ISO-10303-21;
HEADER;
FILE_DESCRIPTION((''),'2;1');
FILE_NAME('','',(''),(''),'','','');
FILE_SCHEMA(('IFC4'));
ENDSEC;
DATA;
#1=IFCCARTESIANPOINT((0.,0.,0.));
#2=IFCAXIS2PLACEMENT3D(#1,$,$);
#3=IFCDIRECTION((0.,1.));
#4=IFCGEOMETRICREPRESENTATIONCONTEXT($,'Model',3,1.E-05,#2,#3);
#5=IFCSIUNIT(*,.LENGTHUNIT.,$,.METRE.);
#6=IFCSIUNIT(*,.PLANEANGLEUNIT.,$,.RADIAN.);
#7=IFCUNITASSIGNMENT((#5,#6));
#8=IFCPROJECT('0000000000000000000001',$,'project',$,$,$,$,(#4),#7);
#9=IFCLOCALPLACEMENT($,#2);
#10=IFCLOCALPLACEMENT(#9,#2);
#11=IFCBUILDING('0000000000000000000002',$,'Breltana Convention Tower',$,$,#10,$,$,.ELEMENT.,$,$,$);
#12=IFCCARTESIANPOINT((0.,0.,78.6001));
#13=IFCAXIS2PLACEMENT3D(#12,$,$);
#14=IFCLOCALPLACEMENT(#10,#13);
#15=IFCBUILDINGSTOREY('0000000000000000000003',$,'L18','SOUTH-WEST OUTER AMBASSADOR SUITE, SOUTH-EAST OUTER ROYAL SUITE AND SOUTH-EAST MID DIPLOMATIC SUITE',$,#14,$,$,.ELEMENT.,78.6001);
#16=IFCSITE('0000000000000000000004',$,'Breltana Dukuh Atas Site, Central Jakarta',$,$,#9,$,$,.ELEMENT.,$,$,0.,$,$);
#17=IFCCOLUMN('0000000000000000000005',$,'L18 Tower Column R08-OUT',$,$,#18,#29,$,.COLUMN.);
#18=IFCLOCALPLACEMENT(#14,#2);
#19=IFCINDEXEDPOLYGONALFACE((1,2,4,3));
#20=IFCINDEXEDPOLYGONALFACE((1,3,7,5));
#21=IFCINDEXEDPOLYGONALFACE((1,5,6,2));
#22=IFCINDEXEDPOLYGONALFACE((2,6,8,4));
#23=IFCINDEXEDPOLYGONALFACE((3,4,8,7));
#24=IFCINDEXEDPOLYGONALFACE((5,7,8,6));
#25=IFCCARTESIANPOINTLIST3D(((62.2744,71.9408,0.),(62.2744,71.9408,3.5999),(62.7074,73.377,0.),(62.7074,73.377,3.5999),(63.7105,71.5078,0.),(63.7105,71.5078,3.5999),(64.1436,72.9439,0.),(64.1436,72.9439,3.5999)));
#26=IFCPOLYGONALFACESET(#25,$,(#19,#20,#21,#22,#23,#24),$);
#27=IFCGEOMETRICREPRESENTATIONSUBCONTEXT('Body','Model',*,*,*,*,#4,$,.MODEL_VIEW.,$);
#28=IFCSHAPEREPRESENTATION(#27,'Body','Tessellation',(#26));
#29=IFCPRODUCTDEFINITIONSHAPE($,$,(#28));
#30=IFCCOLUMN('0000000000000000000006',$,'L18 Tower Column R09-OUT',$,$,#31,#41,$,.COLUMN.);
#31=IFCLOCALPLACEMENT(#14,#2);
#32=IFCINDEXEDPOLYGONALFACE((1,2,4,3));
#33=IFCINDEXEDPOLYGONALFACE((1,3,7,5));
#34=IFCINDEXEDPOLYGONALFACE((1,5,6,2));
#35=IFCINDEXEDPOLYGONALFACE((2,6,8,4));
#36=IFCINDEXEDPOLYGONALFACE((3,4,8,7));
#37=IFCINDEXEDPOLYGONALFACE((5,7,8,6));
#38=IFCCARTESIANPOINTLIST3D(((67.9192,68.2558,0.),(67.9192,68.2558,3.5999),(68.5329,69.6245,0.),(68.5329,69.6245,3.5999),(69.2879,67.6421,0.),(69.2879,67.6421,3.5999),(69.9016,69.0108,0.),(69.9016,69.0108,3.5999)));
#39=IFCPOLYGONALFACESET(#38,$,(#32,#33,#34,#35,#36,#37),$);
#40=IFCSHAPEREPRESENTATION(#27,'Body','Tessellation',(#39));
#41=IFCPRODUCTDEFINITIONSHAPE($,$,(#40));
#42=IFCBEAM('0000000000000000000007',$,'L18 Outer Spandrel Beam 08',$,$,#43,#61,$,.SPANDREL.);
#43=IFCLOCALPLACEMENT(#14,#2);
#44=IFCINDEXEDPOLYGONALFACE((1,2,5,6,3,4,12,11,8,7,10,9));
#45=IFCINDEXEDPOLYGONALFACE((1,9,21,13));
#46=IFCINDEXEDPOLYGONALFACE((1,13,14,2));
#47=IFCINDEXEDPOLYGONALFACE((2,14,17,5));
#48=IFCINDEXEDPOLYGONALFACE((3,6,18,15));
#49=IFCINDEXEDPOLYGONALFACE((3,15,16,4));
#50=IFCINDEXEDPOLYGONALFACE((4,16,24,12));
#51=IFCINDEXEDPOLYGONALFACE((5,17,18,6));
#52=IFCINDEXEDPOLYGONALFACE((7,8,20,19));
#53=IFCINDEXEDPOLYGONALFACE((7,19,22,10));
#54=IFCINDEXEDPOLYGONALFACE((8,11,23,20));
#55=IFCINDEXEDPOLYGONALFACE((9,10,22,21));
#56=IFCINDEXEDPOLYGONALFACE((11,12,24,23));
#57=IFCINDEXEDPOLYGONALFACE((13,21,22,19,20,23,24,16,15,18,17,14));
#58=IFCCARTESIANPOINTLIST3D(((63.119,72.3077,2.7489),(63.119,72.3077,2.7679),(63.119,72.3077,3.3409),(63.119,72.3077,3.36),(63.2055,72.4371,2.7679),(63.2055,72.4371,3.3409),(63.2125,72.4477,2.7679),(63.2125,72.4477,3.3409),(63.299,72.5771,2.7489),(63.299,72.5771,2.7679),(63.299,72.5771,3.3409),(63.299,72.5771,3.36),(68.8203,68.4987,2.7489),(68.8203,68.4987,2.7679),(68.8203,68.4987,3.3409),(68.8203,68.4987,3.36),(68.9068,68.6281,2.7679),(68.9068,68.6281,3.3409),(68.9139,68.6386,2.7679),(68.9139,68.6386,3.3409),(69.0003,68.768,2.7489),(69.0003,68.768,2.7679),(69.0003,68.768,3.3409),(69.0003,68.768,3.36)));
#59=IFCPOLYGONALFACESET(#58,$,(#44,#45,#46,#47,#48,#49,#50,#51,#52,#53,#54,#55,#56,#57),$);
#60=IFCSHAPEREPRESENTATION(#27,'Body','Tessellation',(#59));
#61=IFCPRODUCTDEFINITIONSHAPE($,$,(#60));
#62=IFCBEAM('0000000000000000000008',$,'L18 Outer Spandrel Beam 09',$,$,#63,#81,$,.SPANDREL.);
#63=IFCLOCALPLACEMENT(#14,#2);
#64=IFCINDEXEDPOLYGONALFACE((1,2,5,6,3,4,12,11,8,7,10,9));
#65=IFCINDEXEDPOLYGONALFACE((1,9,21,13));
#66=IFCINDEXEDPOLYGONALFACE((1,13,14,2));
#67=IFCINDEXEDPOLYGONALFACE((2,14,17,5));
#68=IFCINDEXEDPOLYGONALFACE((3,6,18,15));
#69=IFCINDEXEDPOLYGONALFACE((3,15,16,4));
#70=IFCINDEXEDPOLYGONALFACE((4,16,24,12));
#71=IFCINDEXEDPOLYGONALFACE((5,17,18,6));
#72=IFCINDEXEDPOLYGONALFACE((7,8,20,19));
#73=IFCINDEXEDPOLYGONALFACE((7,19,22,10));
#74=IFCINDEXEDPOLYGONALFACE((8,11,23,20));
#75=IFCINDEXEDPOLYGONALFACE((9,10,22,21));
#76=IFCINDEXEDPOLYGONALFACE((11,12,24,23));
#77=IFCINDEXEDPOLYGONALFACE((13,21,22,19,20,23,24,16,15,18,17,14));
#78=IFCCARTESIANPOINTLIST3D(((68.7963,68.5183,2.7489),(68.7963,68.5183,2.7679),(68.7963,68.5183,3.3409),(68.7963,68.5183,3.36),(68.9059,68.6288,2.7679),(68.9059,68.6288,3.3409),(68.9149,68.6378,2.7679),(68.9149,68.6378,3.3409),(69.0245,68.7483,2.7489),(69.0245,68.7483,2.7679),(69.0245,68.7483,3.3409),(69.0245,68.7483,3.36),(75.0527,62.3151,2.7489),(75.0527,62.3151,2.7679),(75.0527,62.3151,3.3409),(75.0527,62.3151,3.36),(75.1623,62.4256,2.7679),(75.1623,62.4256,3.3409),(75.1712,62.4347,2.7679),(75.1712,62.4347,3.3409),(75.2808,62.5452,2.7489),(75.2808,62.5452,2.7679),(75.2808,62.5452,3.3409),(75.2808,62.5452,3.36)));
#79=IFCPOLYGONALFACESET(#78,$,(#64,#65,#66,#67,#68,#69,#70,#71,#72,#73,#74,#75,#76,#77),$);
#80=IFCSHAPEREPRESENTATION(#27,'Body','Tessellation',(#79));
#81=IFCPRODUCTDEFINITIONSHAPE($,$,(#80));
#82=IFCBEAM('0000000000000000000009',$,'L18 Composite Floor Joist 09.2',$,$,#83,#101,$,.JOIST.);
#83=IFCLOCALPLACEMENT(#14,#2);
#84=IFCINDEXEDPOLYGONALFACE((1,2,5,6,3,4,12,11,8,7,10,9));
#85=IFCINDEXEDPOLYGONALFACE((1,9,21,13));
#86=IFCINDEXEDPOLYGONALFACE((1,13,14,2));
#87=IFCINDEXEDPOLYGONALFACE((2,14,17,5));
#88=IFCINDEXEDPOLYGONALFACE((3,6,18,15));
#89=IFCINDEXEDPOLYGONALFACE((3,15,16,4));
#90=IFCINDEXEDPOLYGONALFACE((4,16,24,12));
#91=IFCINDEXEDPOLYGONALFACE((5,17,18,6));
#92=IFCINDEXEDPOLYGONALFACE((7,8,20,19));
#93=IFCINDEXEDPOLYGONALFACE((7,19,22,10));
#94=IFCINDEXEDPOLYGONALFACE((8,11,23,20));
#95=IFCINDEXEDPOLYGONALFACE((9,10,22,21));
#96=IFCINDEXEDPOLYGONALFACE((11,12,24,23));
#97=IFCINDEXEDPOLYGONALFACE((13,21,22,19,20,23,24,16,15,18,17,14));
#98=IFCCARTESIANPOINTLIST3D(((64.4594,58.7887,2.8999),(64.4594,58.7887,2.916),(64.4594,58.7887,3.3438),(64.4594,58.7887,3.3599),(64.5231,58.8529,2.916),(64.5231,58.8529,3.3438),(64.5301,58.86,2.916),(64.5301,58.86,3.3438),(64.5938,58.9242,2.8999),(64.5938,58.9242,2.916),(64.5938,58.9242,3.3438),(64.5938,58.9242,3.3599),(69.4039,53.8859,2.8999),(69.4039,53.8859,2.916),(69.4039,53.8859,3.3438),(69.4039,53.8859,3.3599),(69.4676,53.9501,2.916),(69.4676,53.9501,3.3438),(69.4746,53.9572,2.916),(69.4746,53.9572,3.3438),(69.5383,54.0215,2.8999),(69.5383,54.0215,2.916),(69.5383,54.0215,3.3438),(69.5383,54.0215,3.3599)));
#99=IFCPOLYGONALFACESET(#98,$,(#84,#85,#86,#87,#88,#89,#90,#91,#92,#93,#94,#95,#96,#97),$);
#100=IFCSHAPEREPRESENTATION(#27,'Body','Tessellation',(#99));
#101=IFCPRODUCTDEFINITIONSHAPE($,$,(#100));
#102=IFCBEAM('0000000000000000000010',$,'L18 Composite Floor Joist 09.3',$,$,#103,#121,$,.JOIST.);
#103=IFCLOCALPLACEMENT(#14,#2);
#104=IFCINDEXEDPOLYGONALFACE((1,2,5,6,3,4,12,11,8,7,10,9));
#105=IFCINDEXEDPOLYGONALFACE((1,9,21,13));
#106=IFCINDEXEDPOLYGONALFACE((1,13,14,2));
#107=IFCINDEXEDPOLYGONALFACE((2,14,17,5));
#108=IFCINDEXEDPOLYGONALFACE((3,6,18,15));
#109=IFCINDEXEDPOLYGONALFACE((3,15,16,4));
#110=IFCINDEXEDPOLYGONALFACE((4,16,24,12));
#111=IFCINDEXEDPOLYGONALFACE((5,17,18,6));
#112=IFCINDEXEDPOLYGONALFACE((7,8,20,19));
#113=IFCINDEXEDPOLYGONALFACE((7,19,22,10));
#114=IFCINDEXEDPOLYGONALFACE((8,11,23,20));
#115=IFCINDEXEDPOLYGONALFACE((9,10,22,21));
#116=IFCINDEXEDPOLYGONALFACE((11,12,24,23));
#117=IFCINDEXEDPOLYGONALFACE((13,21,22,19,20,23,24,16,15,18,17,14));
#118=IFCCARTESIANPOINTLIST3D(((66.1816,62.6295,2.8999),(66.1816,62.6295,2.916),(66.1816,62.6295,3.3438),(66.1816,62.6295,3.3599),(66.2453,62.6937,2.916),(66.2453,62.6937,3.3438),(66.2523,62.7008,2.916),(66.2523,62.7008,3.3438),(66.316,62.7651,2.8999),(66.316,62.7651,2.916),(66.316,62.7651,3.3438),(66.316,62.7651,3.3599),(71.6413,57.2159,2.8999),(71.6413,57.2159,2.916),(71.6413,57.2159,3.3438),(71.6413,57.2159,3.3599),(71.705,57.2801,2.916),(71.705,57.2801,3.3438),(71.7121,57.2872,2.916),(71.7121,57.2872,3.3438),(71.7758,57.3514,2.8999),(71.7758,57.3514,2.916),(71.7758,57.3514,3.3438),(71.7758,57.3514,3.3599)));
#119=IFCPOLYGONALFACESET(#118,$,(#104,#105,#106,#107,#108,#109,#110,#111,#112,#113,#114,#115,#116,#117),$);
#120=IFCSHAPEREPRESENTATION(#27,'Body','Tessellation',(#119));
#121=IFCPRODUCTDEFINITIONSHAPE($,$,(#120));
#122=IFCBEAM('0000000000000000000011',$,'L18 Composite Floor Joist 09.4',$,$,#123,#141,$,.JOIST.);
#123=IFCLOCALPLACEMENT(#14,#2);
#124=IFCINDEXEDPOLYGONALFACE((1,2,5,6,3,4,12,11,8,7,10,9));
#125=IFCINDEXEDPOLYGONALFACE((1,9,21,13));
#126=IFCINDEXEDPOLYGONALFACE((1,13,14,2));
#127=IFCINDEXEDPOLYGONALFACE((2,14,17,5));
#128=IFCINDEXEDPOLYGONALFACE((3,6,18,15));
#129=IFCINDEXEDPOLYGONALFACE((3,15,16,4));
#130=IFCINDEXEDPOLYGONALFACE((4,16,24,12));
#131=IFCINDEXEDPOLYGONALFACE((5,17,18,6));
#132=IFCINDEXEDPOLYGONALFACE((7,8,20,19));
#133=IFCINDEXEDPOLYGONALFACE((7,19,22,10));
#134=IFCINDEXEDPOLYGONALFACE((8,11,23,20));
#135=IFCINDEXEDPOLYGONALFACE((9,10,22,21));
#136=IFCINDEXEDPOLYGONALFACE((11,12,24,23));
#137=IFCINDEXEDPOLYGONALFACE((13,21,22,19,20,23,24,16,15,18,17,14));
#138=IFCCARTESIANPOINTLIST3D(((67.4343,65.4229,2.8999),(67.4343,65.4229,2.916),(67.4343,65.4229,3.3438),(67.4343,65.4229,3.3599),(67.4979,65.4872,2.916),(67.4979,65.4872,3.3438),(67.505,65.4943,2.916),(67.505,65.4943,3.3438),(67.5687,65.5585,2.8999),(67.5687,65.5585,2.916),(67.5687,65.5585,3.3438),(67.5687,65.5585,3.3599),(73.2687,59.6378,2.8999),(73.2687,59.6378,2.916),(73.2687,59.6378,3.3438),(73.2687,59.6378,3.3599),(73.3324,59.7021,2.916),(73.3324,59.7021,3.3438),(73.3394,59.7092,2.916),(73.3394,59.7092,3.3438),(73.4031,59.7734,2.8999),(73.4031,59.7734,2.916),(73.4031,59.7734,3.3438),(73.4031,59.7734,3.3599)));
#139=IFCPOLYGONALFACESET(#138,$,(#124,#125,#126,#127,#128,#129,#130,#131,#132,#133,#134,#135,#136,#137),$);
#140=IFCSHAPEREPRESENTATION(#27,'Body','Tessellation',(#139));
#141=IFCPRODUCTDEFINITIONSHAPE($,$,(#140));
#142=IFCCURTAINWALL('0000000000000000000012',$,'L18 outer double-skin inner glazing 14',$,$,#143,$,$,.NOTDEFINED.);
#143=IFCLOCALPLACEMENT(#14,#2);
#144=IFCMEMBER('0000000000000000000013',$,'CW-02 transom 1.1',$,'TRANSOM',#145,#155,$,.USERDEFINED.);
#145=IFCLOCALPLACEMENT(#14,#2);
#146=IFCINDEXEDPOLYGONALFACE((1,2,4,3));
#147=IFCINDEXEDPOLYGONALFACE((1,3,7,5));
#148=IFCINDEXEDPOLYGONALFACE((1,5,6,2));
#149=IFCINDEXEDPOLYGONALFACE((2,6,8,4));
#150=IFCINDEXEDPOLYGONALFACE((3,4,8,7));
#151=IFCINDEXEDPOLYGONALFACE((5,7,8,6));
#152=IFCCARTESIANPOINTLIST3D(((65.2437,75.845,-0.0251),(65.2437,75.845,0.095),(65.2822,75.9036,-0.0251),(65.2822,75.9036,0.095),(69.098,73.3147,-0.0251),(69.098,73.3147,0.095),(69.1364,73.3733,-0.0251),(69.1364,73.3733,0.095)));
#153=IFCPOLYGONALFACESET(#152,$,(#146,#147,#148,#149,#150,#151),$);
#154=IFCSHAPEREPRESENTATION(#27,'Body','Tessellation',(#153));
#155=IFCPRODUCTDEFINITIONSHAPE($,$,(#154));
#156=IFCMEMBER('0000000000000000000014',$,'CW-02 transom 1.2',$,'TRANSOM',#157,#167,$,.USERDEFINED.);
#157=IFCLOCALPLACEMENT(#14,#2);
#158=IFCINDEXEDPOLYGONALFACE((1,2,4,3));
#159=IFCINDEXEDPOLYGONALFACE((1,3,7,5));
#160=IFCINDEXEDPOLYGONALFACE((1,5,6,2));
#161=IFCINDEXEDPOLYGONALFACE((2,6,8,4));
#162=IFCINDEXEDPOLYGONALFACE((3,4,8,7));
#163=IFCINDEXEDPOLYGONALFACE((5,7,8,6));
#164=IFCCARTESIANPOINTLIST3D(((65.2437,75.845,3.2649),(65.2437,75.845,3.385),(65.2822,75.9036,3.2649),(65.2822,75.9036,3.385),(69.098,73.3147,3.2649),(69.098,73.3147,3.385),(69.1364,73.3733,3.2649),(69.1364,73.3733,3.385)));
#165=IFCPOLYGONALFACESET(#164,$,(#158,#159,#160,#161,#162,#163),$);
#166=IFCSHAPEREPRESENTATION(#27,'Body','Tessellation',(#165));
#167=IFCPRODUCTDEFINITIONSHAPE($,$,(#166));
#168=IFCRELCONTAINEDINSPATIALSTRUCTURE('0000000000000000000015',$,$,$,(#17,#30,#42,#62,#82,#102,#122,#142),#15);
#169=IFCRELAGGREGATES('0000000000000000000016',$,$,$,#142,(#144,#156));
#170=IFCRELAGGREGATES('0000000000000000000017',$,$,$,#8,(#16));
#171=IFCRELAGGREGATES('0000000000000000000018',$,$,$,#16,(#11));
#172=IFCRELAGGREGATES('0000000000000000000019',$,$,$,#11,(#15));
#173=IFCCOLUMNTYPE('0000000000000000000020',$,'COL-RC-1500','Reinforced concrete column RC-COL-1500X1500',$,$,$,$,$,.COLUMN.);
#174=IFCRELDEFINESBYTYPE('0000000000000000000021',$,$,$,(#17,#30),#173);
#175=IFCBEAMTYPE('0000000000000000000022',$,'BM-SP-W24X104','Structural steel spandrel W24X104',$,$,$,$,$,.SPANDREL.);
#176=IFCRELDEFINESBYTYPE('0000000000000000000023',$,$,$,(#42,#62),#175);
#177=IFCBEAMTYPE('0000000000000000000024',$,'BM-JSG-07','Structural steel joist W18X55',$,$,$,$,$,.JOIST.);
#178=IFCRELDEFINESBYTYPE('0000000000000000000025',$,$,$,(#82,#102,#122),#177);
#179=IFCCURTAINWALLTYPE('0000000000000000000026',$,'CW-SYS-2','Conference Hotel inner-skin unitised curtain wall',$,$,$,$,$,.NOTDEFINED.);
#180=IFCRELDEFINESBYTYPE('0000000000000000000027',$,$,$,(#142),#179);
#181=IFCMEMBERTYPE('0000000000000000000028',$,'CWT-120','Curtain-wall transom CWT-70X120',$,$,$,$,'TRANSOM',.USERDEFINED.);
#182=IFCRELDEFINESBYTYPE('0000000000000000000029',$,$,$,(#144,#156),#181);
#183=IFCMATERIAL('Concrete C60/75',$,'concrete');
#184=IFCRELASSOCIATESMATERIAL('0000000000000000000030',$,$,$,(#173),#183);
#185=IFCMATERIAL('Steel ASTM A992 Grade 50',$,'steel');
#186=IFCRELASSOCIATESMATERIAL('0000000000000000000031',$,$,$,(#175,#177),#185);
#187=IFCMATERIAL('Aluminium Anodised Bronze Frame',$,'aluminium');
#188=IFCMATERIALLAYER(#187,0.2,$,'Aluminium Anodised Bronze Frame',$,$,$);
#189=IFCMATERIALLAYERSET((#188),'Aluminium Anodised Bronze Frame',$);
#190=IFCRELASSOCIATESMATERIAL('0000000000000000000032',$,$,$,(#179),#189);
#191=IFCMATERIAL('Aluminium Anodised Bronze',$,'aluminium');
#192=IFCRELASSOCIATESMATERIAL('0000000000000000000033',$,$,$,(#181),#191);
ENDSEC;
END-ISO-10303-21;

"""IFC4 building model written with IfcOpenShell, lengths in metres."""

from ifc_helpers import new_model, si_unit, direction, frame, origin, origin_2d, place, context, subcontext, project, spatial, rectangle, i_section, extrude, source, transform, mapped, material, layer, layer_set, material_profile, profile_set, type_object, element, aggregate, save


model = new_model("IFC4")

# Units and contexts
model_context = context("Model", 3, precision=1e-05, world=origin(), true_north=direction((0.0, 1.0)))
body_context = subcontext(model_context, "Body", "Model", "MODEL_VIEW")
ifc_project = project(units=[si_unit("LENGTHUNIT", "METRE"), si_unit("PLANEANGLEUNIT", "RADIAN")], contexts=[model_context])

# Site, building, storey
site_placement = place(None, origin())
site = spatial("IfcSite", under=ifc_project, at=site_placement, Name="Breltana Dukuh Atas Site, Central Jakarta", CompositionType="ELEMENT", RefElevation=0.0)
building_placement = place(site_placement, origin())
building = spatial("IfcBuilding", under=site, at=building_placement, Name="Breltana Convention Tower", CompositionType="ELEMENT")
storey_placement = place(building_placement, frame((0.0, 0.0, 78.6001)))
storey = spatial("IfcBuildingStorey", under=building, at=storey_placement, Name="L18", Description="SOUTH-WEST OUTER AMBASSADOR SUITE, SOUTH-EAST OUTER ROYAL SUITE AND SOUTH-EAST MID DIPLOMATIC SUITE", CompositionType="ELEMENT", Elevation=78.6001)

# Columns
ifc_material_1 = material(Name="Concrete C60/75", Category="concrete")
ifc_material_profile_1 = material_profile(ifc_material_1, rectangle(XDim=1.5, YDim=1.5, at=origin_2d()), Name="RC-COL-1500X1500")
ifc_profile_set_1 = profile_set([ifc_material_profile_1], Name="Concrete C60/75")
column_type = type_object("IfcColumnType", Name="COL-RC-1500", Description="Reinforced concrete column RC-COL-1500X1500", PredefinedType="COLUMN", material=ifc_profile_set_1)
shared_shape_1 = source(origin(), body_context, "Body", "SweptSolid", [
    extrude(rectangle(XDim=1.5, YDim=1.5, at=origin_2d()), origin(), (0.0, 0.0, 1.0), 3.5999),
])
for number, where, z_axis, x_axis, name in (
    (1, (63.209, 72.4424, 0.0), (0.0, 0.0, 1.0), (0.288698, 0.95742, 0.0), "L18 Tower Column R08-OUT"),
    (2, (68.9104, 68.6333, 0.0), (0.0, 0.0, 1.0), (0.409127, 0.912477, 0.0), "L18 Tower Column R09-OUT"),
):
    element("IfcColumn", number, at=place(storey_placement, frame(where, z_axis=z_axis, x_axis=x_axis)), inside=storey, type_object=column_type, Name=name, PredefinedType="COLUMN", context=body_context, shape_type="MappedRepresentation", body=[
        mapped(shared_shape_1, transform((0.0, 0.0, 0.0), scale=1.0)),
    ])

# Beams
ifc_material_2 = material(Name="Steel ASTM A992 Grade 50", Category="steel")
ifc_material_profile_2 = material_profile(ifc_material_2, i_section(OverallWidth=0.324, OverallDepth=0.6111, WebThickness=0.0127, FlangeThickness=0.019, at=origin_2d()), Name="W24X104")
ifc_profile_set_2 = profile_set([ifc_material_profile_2], Name="Steel ASTM A992 Grade 50")
beam_type_1 = type_object("IfcBeamType", Name="BM-SP-W24X104", Description="Structural steel spandrel W24X104", PredefinedType="SPANDREL", material=ifc_profile_set_2)
shared_shape_2 = source(origin(), body_context, "Body", "SweptSolid", [
    extrude(i_section(OverallWidth=0.324, OverallDepth=0.6111, WebThickness=0.0127, FlangeThickness=0.019, at=origin_2d()), origin(), (0.0, 0.0, 1.0), 6.8567),
])
beam_1_placement = place(storey_placement, frame((63.209, 72.4424, 3.0544), z_axis=(0.831502, -0.555522, 0.0), x_axis=(0.555522, 0.831502, 0.0)))
element("IfcBeam", 3, at=beam_1_placement, inside=storey, type_object=beam_type_1, Name="L18 Outer Spandrel Beam 08", PredefinedType="SPANDREL", context=body_context, shape_type="MappedRepresentation", body=[
    mapped(shared_shape_2, transform((0.0, 0.0, 0.0), scale=1.0)),
])
shared_shape_3 = source(origin(), body_context, "Body", "SweptSolid", [
    extrude(i_section(OverallWidth=0.324, OverallDepth=0.6111, WebThickness=0.0127, FlangeThickness=0.019, at=origin_2d()), origin(), (0.0, 0.0, 1.0), 8.8103),
])
beam_2_placement = place(storey_placement, frame((68.9104, 68.6333, 3.0544), z_axis=(0.710121, -0.70408, 0.0), x_axis=(0.70408, 0.710121, 0.0)))
element("IfcBeam", 4, at=beam_2_placement, inside=storey, type_object=beam_type_1, Name="L18 Outer Spandrel Beam 09", PredefinedType="SPANDREL", context=body_context, shape_type="MappedRepresentation", body=[
    mapped(shared_shape_3, transform((0.0, 0.0, 0.0), scale=1.0)),
])
ifc_material_profile_3 = material_profile(ifc_material_2, i_section(OverallWidth=0.1909, OverallDepth=0.46, WebThickness=0.01, FlangeThickness=0.0161, at=origin_2d()), Name="W18X55")
ifc_profile_set_3 = profile_set([ifc_material_profile_3], Name="Steel ASTM A992 Grade 50")
beam_type_2 = type_object("IfcBeamType", Name="BM-JSG-07", Description="Structural steel joist W18X55", PredefinedType="JOIST", material=ifc_profile_set_3)
shared_shape_4 = source(origin(), body_context, "Body", "SweptSolid", [
    extrude(i_section(OverallWidth=0.1909, OverallDepth=0.46, WebThickness=0.01, FlangeThickness=0.0161, at=origin_2d()), origin(), (0.0, 0.0, 1.0), 6.9631),
])
beam_3_placement = place(storey_placement, frame((64.5266, 58.8564, 3.1299), z_axis=(0.710098, -0.704103, 0.0), x_axis=(0.704103, 0.710098, 0.0)))
element("IfcBeam", 5, at=beam_3_placement, inside=storey, type_object=beam_type_2, Name="L18 Composite Floor Joist 09.2", PredefinedType="JOIST", context=body_context, shape_type="MappedRepresentation", body=[
    mapped(shared_shape_4, transform((0.0, 0.0, 0.0), scale=1.0)),
])
shared_shape_5 = source(origin(), body_context, "Body", "SweptSolid", [
    extrude(i_section(OverallWidth=0.1909, OverallDepth=0.46, WebThickness=0.01, FlangeThickness=0.0161, at=origin_2d()), origin(), (0.0, 0.0, 1.0), 7.6887),
])
beam_4_placement = place(storey_placement, frame((66.2488, 62.6973, 3.1299), z_axis=(0.710101, -0.7041, 0.0), x_axis=(0.7041, 0.710101, 0.0)))
element("IfcBeam", 6, at=beam_4_placement, inside=storey, type_object=beam_type_2, Name="L18 Composite Floor Joist 09.3", PredefinedType="JOIST", context=body_context, shape_type="MappedRepresentation", body=[
    mapped(shared_shape_5, transform((0.0, 0.0, 0.0), scale=1.0)),
])
shared_shape_6 = source(origin(), body_context, "Body", "SweptSolid", [
    extrude(i_section(OverallWidth=0.1909, OverallDepth=0.46, WebThickness=0.01, FlangeThickness=0.0161, at=origin_2d()), origin(), (0.0, 0.0, 1.0), 8.2163),
])
beam_5_placement = place(storey_placement, frame((67.5015, 65.4907, 3.1299), z_axis=(0.710102, -0.704099, 0.0), x_axis=(0.704099, 0.710102, 0.0)))
element("IfcBeam", 7, at=beam_5_placement, inside=storey, type_object=beam_type_2, Name="L18 Composite Floor Joist 09.4", PredefinedType="JOIST", context=body_context, shape_type="MappedRepresentation", body=[
    mapped(shared_shape_6, transform((0.0, 0.0, 0.0), scale=1.0)),
])

# Curtain wall, members
ifc_material_3 = material(Name="Aluminium Anodised Bronze Frame", Category="aluminium")
ifc_layer_1 = layer(ifc_material_3, 0.2, Name="Aluminium Anodised Bronze Frame")
ifc_layer_set_1 = layer_set([ifc_layer_1], Name="Aluminium Anodised Bronze Frame")
curtain_wall_type = type_object("IfcCurtainWallType", Name="CW-SYS-2", Description="Conference Hotel inner-skin unitised curtain wall", PredefinedType="NOTDEFINED", material=ifc_layer_set_1)
curtain_wall_1_placement = place(storey_placement, origin())
curtain_wall_1 = element("IfcCurtainWall", 8, at=curtain_wall_1_placement, inside=storey, type_object=curtain_wall_type, Name="L18 outer double-skin inner glazing 14", PredefinedType="NOTDEFINED")
ifc_material_4 = material(Name="Aluminium Anodised Bronze", Category="aluminium")
ifc_material_profile_4 = material_profile(ifc_material_4, rectangle(XDim=0.0701, YDim=0.1201, at=origin_2d()), Name="CWT-70X120")
ifc_profile_set_4 = profile_set([ifc_material_profile_4], Name="Aluminium Anodised Bronze")
member_type_1 = type_object("IfcMemberType", Name="CWT-120", Description="Curtain-wall transom CWT-70X120", ElementType="TRANSOM", PredefinedType="USERDEFINED", material=ifc_profile_set_4)
shared_shape_7 = source(origin(), body_context, "Body", "SweptSolid", [
    extrude(rectangle(XDim=0.0701, YDim=0.1201, at=origin_2d()), origin(), (0.0, 0.0, 1.0), 4.6106),
])
member_1_placement = place(storey_placement, frame((65.2629, 75.8743, 0.0349), z_axis=(0.835956, -0.548796, 0.0), x_axis=(0.548796, 0.835956, 0.0)))
member_1 = element("IfcMember", 9, at=member_1_placement, type_object=member_type_1, Name="CW-02 transom 1.1", ObjectType="TRANSOM", PredefinedType="USERDEFINED", context=body_context, shape_type="MappedRepresentation", body=[
    mapped(shared_shape_7, transform((0.0, 0.0, 0.0), scale=1.0)),
])
member_2_placement = place(storey_placement, frame((65.2629, 75.8743, 3.325), z_axis=(0.835956, -0.548796, 0.0), x_axis=(0.548796, 0.835956, 0.0)))
member_2 = element("IfcMember", 10, at=member_2_placement, type_object=member_type_1, Name="CW-02 transom 1.2", ObjectType="TRANSOM", PredefinedType="USERDEFINED", context=body_context, shape_type="MappedRepresentation", body=[
    mapped(shared_shape_7, transform((0.0, 0.0, 0.0), scale=1.0)),
])

aggregate(curtain_wall_1, [member_1, member_2])

save(model, "model.ifc")
